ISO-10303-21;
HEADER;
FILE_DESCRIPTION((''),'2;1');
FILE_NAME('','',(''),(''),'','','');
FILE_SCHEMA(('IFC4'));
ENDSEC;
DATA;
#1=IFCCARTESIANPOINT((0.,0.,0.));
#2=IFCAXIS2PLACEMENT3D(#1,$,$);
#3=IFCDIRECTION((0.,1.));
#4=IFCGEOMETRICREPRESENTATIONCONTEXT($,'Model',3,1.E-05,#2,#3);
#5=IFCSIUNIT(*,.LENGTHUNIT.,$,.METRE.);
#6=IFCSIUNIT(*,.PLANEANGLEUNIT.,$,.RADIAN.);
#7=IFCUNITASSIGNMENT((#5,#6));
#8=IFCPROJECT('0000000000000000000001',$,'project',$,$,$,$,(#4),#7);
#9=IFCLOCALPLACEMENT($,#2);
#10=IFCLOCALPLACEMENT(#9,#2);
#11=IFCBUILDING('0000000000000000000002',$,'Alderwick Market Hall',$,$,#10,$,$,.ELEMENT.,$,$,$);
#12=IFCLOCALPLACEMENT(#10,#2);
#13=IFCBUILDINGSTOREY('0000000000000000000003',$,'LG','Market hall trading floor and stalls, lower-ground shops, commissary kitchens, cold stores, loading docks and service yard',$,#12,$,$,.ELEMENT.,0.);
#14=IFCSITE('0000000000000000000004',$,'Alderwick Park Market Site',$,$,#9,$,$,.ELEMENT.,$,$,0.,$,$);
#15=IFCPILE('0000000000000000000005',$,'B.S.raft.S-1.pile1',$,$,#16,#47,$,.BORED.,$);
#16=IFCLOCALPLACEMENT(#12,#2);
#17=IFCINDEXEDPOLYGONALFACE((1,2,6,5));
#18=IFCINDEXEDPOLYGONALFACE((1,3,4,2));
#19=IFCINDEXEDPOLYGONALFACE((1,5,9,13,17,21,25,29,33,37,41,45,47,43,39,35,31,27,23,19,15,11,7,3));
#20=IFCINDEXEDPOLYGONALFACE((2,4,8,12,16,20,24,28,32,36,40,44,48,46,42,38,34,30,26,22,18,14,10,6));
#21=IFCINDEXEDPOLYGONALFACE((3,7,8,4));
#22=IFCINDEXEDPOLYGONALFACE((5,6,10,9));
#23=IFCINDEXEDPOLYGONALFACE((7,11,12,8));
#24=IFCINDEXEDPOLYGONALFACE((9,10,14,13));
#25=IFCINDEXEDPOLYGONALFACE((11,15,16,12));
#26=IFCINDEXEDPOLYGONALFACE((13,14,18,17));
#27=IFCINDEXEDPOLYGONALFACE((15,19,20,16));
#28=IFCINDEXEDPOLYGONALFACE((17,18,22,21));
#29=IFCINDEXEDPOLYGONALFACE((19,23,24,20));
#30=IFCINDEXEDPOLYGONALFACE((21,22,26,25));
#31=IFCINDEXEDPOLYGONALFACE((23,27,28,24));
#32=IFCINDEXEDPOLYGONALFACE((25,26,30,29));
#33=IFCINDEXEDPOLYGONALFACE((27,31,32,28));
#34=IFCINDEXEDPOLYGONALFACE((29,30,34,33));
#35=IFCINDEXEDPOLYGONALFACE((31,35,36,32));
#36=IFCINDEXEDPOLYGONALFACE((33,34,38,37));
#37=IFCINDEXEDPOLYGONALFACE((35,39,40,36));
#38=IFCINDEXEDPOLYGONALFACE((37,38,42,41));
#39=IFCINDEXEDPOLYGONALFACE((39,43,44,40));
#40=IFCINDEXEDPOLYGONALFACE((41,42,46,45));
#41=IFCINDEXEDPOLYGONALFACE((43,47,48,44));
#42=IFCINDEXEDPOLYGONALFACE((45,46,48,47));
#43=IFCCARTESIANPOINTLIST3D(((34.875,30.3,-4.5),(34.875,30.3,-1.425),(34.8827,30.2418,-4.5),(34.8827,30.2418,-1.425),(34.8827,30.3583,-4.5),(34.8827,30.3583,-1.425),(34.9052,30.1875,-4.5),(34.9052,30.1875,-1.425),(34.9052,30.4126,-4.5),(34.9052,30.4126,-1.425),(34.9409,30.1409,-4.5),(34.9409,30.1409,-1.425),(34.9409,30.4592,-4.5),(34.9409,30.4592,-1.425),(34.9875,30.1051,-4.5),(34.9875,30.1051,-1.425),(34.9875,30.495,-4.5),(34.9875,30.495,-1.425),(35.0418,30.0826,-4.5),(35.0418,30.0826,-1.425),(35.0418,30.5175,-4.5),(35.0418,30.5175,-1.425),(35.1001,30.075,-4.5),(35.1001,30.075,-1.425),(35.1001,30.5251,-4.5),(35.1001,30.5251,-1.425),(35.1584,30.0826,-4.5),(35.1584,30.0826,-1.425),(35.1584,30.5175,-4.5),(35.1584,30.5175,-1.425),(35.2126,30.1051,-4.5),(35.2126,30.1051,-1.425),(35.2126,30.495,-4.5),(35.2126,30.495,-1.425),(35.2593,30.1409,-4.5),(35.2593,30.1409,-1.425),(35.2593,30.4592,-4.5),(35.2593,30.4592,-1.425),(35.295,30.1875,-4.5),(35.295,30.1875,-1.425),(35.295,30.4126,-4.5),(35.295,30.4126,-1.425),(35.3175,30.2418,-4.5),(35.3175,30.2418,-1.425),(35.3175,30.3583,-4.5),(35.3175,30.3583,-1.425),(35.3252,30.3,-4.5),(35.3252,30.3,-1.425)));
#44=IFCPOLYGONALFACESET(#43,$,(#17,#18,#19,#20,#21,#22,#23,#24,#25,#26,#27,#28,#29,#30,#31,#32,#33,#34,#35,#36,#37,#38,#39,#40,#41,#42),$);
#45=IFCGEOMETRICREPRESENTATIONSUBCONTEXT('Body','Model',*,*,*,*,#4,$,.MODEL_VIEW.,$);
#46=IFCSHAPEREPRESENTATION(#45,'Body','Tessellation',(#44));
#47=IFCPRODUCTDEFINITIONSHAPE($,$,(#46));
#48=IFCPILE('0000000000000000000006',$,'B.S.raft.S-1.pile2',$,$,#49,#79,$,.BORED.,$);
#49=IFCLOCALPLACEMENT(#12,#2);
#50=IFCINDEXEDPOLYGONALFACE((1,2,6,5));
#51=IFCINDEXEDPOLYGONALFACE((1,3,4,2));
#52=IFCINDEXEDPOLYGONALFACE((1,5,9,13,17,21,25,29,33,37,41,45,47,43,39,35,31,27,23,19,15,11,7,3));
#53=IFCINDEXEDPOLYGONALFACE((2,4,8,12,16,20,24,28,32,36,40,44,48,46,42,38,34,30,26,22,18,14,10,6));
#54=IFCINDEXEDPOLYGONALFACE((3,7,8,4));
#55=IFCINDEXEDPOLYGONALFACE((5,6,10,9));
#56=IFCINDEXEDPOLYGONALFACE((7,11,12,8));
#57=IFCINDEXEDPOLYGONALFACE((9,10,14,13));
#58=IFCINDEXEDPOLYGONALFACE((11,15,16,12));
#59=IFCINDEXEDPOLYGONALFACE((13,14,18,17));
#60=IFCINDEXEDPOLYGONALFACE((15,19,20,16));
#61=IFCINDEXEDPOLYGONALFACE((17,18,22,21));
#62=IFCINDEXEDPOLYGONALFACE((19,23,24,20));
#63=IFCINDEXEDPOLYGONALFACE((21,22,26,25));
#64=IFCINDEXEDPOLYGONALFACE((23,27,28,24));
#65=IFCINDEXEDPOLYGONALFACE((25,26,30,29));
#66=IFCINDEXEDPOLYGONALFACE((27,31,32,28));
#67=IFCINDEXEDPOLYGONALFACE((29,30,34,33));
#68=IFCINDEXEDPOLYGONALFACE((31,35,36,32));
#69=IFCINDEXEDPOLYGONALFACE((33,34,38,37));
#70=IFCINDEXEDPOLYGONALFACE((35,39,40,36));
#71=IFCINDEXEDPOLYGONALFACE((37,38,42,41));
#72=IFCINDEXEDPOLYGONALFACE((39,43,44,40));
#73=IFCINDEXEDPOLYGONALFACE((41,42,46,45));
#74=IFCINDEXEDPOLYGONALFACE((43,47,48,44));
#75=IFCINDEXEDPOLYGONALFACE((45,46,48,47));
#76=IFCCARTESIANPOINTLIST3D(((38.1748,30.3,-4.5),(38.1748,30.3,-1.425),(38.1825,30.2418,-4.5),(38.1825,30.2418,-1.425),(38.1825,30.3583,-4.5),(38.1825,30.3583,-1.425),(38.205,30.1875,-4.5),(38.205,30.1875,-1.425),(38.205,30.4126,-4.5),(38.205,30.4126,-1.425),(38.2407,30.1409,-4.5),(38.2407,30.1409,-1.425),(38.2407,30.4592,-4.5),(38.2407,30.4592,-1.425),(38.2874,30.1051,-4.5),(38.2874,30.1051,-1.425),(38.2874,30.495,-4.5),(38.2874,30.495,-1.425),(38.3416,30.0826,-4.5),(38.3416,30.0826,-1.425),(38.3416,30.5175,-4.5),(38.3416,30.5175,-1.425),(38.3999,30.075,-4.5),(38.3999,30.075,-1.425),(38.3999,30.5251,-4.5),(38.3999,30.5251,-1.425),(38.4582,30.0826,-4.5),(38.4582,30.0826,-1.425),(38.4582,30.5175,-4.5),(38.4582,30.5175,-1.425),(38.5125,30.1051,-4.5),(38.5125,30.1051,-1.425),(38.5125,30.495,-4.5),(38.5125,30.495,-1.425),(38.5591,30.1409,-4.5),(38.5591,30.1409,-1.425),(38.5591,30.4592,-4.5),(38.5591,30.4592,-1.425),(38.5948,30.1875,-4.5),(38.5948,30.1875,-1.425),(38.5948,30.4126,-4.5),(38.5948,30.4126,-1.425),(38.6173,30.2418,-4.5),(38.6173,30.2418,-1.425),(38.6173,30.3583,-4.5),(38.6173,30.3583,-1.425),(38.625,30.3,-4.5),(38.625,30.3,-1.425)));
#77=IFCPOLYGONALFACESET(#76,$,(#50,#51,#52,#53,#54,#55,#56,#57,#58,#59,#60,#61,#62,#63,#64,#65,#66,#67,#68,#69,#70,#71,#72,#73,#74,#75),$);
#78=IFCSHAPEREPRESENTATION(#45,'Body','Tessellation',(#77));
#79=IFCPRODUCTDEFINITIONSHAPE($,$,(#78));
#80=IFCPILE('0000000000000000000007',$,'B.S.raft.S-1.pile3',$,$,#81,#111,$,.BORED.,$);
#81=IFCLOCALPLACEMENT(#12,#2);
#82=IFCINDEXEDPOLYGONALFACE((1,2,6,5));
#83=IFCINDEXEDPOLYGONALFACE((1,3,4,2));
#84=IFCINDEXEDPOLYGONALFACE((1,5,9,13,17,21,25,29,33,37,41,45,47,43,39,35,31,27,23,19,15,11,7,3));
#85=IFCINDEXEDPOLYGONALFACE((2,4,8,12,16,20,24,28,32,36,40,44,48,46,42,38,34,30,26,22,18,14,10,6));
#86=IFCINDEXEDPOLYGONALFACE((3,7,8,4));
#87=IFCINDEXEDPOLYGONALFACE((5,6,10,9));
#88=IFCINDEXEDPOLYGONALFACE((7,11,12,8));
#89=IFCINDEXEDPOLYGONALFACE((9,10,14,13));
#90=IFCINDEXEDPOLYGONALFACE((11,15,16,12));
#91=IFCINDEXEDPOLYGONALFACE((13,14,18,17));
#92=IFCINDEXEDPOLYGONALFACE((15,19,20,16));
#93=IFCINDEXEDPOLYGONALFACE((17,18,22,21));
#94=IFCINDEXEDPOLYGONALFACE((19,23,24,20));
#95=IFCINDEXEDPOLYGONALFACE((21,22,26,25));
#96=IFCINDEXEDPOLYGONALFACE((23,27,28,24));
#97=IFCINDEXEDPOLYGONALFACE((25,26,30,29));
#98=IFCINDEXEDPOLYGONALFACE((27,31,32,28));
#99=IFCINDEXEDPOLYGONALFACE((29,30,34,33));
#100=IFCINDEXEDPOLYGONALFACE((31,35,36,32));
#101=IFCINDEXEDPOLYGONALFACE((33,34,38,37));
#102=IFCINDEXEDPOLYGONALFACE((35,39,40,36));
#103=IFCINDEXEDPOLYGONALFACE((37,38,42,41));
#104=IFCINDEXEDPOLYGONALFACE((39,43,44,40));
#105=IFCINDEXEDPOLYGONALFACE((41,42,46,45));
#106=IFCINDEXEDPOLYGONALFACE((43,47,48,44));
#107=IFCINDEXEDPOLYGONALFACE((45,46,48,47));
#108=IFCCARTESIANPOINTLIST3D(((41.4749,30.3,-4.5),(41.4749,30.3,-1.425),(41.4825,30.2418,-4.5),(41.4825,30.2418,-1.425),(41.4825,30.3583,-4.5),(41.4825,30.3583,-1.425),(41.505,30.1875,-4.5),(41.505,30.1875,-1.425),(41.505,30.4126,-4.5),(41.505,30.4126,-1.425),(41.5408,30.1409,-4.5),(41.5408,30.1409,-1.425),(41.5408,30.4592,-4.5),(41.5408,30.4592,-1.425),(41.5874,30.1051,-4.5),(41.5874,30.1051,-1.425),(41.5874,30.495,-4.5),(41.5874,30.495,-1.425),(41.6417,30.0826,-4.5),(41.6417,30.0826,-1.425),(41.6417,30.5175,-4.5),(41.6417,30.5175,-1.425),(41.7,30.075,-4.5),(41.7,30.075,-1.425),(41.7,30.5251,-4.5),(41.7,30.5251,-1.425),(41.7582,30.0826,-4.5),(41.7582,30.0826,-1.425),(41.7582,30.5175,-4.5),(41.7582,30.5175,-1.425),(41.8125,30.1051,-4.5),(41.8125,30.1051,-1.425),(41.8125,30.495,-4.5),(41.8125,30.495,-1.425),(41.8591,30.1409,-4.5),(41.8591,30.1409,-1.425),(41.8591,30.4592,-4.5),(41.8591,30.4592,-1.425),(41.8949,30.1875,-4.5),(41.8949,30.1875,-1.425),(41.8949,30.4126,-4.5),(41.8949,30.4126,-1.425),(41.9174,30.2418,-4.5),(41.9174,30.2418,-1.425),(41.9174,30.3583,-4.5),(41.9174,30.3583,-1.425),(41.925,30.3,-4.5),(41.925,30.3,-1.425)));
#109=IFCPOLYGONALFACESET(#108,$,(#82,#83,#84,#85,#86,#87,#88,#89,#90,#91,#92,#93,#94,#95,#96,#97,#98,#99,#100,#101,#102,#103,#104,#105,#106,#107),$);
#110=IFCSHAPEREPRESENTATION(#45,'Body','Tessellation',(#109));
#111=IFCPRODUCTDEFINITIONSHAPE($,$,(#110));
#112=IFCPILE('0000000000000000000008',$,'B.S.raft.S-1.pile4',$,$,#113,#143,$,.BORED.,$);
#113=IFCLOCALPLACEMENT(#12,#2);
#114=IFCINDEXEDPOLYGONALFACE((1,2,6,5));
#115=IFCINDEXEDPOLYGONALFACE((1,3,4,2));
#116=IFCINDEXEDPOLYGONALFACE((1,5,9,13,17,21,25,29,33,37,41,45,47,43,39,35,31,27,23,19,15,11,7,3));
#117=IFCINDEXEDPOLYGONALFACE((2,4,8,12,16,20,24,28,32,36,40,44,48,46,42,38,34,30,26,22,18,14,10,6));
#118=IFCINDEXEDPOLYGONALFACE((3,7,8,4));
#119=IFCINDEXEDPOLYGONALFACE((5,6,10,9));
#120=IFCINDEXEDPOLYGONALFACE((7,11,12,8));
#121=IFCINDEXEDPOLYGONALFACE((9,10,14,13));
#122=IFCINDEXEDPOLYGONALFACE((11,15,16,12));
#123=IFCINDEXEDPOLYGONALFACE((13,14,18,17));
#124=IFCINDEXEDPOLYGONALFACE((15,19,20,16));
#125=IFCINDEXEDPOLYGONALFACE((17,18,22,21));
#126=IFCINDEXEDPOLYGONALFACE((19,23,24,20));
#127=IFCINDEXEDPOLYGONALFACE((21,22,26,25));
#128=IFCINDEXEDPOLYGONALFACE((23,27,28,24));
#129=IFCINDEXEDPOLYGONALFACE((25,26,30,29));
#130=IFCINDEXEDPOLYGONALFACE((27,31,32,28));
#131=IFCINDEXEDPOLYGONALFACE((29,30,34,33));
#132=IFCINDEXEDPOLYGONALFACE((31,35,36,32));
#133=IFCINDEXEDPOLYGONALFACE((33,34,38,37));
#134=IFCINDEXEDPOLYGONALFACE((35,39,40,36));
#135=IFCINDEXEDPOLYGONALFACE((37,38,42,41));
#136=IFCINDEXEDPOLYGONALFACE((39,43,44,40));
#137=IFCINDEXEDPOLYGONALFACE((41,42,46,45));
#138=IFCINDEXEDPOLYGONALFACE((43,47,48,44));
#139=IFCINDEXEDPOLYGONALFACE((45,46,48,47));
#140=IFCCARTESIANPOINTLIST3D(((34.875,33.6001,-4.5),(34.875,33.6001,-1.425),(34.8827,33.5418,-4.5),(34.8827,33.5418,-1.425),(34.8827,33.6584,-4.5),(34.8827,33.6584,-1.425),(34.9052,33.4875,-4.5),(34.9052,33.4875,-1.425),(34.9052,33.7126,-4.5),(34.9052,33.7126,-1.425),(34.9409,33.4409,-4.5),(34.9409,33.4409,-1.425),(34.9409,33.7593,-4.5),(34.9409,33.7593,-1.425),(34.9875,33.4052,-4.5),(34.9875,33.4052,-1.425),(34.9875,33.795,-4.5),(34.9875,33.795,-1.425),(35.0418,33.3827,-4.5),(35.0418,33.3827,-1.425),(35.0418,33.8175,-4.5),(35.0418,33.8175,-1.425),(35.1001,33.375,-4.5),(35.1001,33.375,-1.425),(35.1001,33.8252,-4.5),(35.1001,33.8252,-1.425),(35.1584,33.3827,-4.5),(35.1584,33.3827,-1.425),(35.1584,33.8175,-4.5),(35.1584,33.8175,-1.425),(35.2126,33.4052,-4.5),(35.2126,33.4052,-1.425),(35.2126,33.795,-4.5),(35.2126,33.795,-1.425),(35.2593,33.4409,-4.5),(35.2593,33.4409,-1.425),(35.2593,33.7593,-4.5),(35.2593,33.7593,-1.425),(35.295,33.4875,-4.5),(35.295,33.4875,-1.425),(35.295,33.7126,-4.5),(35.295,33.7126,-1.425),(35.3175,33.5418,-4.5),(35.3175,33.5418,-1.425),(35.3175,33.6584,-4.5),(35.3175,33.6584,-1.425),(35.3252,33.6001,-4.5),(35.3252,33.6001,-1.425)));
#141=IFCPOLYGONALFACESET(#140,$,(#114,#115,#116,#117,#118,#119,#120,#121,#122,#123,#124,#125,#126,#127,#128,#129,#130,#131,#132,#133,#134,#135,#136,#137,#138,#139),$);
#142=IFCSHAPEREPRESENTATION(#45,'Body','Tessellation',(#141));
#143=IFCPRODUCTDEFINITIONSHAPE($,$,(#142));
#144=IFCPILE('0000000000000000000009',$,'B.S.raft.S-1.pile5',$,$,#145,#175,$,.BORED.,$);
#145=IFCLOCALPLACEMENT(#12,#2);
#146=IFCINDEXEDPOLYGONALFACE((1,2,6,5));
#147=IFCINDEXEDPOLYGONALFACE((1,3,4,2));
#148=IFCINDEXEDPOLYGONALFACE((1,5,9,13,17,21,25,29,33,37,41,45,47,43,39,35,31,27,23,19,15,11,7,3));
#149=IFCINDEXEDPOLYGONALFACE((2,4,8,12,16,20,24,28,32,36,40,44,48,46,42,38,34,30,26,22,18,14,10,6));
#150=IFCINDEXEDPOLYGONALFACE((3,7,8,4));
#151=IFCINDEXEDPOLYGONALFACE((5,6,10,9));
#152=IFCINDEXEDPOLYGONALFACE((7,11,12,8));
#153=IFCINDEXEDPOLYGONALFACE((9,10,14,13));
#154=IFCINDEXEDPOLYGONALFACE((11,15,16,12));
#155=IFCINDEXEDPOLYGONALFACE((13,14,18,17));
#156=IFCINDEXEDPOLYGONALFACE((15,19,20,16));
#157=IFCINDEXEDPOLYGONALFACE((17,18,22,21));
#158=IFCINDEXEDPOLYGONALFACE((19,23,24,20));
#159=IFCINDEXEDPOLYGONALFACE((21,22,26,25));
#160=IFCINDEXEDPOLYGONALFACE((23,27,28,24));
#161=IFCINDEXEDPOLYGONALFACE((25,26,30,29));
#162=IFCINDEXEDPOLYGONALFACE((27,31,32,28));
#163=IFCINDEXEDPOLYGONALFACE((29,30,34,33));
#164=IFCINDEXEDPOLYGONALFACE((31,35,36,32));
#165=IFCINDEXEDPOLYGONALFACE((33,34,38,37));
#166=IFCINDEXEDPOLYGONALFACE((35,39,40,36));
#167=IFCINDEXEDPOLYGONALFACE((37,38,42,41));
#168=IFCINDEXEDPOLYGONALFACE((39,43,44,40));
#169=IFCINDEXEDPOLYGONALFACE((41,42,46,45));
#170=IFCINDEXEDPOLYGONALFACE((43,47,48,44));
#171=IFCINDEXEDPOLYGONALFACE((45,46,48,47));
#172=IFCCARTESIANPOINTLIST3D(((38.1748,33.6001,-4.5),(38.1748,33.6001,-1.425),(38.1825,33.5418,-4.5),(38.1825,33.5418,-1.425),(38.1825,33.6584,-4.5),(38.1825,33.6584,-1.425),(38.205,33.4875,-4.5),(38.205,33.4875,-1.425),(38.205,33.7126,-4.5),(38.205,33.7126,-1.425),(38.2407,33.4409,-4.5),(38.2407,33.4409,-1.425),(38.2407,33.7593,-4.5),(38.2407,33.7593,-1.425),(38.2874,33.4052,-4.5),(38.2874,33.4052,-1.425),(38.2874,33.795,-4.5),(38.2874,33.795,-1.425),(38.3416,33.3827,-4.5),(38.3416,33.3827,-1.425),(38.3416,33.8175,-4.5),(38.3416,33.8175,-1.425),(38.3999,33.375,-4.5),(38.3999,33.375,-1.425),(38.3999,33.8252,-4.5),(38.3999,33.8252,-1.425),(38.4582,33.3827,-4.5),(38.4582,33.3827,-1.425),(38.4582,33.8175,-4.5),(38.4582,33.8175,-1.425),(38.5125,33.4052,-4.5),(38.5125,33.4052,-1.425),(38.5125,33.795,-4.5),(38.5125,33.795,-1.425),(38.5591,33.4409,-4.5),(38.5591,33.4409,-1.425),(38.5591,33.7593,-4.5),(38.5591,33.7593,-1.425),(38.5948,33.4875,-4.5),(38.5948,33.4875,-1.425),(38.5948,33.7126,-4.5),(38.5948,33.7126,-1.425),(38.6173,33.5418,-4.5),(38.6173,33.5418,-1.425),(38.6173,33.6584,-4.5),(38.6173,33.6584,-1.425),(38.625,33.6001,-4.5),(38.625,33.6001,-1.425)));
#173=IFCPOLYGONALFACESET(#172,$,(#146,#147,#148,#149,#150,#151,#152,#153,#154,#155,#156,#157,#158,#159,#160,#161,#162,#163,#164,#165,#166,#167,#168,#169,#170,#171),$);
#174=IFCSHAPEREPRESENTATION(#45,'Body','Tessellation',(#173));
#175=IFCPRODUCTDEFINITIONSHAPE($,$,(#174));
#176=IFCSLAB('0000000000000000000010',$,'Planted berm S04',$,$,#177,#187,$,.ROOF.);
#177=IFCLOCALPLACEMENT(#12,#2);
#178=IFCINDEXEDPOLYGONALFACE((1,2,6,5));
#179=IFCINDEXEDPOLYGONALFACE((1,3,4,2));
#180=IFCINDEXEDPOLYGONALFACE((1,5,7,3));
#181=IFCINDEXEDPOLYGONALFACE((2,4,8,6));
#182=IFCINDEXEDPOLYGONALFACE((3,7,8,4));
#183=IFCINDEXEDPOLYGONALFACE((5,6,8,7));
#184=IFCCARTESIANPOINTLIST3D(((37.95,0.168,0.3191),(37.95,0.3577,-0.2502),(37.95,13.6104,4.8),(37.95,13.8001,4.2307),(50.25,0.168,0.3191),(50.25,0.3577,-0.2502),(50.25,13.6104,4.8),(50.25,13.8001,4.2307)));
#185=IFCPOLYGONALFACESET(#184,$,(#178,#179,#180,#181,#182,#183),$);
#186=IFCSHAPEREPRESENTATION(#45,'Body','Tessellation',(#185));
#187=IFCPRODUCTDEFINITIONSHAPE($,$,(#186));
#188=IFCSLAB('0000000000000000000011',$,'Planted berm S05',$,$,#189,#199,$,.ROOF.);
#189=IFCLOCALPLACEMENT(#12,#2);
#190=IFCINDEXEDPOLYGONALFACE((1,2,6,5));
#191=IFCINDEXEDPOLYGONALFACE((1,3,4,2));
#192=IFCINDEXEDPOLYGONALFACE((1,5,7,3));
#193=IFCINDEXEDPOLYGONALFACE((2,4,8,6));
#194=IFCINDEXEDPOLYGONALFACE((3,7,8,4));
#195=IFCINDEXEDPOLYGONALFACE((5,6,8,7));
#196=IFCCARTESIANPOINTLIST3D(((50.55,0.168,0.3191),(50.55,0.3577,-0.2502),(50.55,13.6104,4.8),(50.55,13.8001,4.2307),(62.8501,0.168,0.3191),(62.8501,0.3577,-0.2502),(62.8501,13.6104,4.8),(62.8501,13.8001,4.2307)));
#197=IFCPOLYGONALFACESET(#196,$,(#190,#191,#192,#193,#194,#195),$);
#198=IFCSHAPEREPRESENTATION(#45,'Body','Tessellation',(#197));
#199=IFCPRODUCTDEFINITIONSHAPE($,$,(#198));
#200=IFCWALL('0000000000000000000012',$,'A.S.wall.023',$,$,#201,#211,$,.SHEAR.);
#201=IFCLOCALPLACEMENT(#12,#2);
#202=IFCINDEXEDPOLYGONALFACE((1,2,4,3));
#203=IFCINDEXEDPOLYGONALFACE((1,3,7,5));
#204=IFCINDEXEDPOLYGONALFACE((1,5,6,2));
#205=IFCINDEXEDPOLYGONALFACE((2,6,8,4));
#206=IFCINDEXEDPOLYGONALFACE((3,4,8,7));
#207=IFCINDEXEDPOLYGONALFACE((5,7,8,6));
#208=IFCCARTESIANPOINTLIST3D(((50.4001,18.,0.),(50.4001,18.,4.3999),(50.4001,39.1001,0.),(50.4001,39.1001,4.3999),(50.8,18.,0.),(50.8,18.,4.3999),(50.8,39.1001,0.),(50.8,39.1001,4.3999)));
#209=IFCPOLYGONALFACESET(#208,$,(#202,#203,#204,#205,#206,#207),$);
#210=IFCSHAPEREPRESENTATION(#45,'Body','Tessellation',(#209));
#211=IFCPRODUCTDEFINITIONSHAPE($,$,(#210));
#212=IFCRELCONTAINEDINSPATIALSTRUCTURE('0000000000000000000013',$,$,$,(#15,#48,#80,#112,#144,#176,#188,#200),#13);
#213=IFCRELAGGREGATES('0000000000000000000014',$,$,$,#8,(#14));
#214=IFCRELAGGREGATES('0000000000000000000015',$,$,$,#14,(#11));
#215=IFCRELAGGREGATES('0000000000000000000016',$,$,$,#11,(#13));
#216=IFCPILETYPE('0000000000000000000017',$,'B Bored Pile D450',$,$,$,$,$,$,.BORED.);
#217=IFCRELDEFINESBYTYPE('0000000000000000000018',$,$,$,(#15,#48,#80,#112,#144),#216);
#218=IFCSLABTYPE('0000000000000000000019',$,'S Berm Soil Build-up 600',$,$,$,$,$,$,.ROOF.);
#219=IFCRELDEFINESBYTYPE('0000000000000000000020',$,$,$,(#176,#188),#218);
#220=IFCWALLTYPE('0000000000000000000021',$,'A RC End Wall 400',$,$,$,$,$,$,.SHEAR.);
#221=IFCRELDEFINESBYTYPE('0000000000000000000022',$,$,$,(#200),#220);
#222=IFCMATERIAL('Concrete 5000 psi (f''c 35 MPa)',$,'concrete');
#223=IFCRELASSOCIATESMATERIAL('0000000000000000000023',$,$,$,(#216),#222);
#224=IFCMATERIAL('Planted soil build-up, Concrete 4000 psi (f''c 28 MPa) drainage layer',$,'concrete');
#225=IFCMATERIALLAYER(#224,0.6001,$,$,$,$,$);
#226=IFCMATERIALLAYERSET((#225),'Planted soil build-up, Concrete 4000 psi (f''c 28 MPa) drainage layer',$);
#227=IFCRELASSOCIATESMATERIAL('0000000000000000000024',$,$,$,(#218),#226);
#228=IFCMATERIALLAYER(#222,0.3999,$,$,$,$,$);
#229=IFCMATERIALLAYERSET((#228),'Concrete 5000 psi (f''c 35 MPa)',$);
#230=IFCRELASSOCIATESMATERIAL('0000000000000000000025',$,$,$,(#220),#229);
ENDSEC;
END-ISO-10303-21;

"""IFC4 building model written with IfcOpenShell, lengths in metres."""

from ifc_helpers import new_model, si_unit, direction, frame, frame_2d, origin, origin_2d, place, context, subcontext, project, spatial, polyline, rectangle, circle, outline, extrude, material, layer, layer_set, material_profile, profile_set, type_object, element, save


model = new_model("IFC4")

# Units and contexts
model_context = context("Model", 3, precision=1e-05, world=origin(), true_north=direction((0.0, 1.0)))
body_context = subcontext(model_context, "Body", "Model", "MODEL_VIEW")
ifc_project = project(units=[si_unit("LENGTHUNIT", "METRE"), si_unit("PLANEANGLEUNIT", "RADIAN")], contexts=[model_context])

# Site, building, storey
site_placement = place(None, origin())
site = spatial("IfcSite", under=ifc_project, at=site_placement, Name="Alderwick Park Market Site", CompositionType="ELEMENT", RefElevation=0.0)
building_placement = place(site_placement, origin())
building = spatial("IfcBuilding", under=site, at=building_placement, Name="Alderwick Market Hall", CompositionType="ELEMENT")
storey_placement = place(building_placement, origin())
storey = spatial("IfcBuildingStorey", under=building, at=storey_placement, Name="LG", Description="Market hall trading floor and stalls, lower-ground shops, commissary kitchens, cold stores, loading docks and service yard", CompositionType="ELEMENT", Elevation=0.0)

# Piles
ifc_material_1 = material(Name="Concrete 5000 psi (f'c 35 MPa)", Category="concrete")
ifc_material_profile = material_profile(ifc_material_1, circle(Radius=0.2251, at=origin_2d()), Name="B Bored Pile D450")
ifc_profile_set = profile_set([ifc_material_profile], Name="Concrete 5000 psi (f'c 35 MPa)")
pile_type = type_object("IfcPileType", Name="B Bored Pile D450", PredefinedType="BORED", material=ifc_profile_set)
for number, where, z_axis, x_axis, name in (
    (1, (35.1001, 30.3, -1.425), (0.0, 0.0, -1.0), (1.0, 0.0, 0.0), "B.S.raft.S-1.pile1"),
    (2, (38.3999, 30.3, -1.425), (0.0, 0.0, -1.0), (1.0, 0.0, 0.0), "B.S.raft.S-1.pile2"),
    (3, (41.7, 30.3, -1.425), (0.0, 0.0, -1.0), (1.0, 0.0, 0.0), "B.S.raft.S-1.pile3"),
    (4, (35.1001, 33.6001, -1.425), (0.0, 0.0, -1.0), (1.0, 0.0, 0.0), "B.S.raft.S-1.pile4"),
    (5, (38.3999, 33.6001, -1.425), (0.0, 0.0, -1.0), (1.0, 0.0, 0.0), "B.S.raft.S-1.pile5"),
):
    element("IfcPile", number, at=place(storey_placement, frame(where, z_axis=z_axis, x_axis=x_axis)), inside=storey, type_object=pile_type, Name=name, PredefinedType="BORED", context=body_context, shape_type="SweptSolid", body=[
        extrude(circle(Radius=0.2251, at=origin_2d()), origin(), (0.0, 0.0, 1.0), 3.075),
    ])

# Slabs
ifc_material_2 = material(Name="Planted soil build-up, Concrete 4000 psi (f'c 28 MPa) drainage layer", Category="concrete")
ifc_layer_1 = layer(ifc_material_2, 0.6001)
ifc_layer_set_1 = layer_set([ifc_layer_1], Name="Planted soil build-up, Concrete 4000 psi (f'c 28 MPa) drainage layer")
slab_type = type_object("IfcSlabType", Name="S Berm Soil Build-up 600", PredefinedType="ROOF", material=ifc_layer_set_1)
for number, where, z_axis, x_axis, name in (
    (6, (37.95, 0.168, 0.3191), (0.0, -0.316238, 0.94868), (1.0, 0.0, 0.0), "Planted berm S04"),
    (7, (50.55, 0.168, 0.3191), (0.0, -0.316238, 0.94868), (1.0, 0.0, 0.0), "Planted berm S05"),
):
    element("IfcSlab", number, at=place(storey_placement, frame(where, z_axis=z_axis, x_axis=x_axis)), inside=storey, type_object=slab_type, Name=name, PredefinedType="ROOF", context=body_context, shape_type="SweptSolid", body=[
        extrude(outline(polyline([(0.0, 0.0), (12.3, 0.0), (12.3, 14.1696), (0.0, 14.1696), (0.0, 0.0)])), origin(), (0.0, 0.0, -1.0), 0.6001),
    ])

# Wall
ifc_layer_2 = layer(ifc_material_1, 0.3999)
ifc_layer_set_2 = layer_set([ifc_layer_2], Name="Concrete 5000 psi (f'c 35 MPa)")
wall_type_1 = type_object("IfcWallType", Name="A RC End Wall 400", PredefinedType="SHEAR", material=ifc_layer_set_2)
wall_1_placement = place(storey_placement, frame((50.6001, 18.0, 0.0), z_axis=(0.0, 0.0, 1.0), x_axis=(0.0, 1.0, 0.0)))
element("IfcWall", 8, at=wall_1_placement, inside=storey, type_object=wall_type_1, Name="A.S.wall.023", PredefinedType="SHEAR", context=body_context, shape_type="SweptSolid", body=[
    extrude(rectangle(XDim=21.1001, YDim=0.3999, at=frame_2d((10.55, 0.0))), origin(), (0.0, 0.0, 1.0), 4.3999),
])

save(model, "model.ifc")
